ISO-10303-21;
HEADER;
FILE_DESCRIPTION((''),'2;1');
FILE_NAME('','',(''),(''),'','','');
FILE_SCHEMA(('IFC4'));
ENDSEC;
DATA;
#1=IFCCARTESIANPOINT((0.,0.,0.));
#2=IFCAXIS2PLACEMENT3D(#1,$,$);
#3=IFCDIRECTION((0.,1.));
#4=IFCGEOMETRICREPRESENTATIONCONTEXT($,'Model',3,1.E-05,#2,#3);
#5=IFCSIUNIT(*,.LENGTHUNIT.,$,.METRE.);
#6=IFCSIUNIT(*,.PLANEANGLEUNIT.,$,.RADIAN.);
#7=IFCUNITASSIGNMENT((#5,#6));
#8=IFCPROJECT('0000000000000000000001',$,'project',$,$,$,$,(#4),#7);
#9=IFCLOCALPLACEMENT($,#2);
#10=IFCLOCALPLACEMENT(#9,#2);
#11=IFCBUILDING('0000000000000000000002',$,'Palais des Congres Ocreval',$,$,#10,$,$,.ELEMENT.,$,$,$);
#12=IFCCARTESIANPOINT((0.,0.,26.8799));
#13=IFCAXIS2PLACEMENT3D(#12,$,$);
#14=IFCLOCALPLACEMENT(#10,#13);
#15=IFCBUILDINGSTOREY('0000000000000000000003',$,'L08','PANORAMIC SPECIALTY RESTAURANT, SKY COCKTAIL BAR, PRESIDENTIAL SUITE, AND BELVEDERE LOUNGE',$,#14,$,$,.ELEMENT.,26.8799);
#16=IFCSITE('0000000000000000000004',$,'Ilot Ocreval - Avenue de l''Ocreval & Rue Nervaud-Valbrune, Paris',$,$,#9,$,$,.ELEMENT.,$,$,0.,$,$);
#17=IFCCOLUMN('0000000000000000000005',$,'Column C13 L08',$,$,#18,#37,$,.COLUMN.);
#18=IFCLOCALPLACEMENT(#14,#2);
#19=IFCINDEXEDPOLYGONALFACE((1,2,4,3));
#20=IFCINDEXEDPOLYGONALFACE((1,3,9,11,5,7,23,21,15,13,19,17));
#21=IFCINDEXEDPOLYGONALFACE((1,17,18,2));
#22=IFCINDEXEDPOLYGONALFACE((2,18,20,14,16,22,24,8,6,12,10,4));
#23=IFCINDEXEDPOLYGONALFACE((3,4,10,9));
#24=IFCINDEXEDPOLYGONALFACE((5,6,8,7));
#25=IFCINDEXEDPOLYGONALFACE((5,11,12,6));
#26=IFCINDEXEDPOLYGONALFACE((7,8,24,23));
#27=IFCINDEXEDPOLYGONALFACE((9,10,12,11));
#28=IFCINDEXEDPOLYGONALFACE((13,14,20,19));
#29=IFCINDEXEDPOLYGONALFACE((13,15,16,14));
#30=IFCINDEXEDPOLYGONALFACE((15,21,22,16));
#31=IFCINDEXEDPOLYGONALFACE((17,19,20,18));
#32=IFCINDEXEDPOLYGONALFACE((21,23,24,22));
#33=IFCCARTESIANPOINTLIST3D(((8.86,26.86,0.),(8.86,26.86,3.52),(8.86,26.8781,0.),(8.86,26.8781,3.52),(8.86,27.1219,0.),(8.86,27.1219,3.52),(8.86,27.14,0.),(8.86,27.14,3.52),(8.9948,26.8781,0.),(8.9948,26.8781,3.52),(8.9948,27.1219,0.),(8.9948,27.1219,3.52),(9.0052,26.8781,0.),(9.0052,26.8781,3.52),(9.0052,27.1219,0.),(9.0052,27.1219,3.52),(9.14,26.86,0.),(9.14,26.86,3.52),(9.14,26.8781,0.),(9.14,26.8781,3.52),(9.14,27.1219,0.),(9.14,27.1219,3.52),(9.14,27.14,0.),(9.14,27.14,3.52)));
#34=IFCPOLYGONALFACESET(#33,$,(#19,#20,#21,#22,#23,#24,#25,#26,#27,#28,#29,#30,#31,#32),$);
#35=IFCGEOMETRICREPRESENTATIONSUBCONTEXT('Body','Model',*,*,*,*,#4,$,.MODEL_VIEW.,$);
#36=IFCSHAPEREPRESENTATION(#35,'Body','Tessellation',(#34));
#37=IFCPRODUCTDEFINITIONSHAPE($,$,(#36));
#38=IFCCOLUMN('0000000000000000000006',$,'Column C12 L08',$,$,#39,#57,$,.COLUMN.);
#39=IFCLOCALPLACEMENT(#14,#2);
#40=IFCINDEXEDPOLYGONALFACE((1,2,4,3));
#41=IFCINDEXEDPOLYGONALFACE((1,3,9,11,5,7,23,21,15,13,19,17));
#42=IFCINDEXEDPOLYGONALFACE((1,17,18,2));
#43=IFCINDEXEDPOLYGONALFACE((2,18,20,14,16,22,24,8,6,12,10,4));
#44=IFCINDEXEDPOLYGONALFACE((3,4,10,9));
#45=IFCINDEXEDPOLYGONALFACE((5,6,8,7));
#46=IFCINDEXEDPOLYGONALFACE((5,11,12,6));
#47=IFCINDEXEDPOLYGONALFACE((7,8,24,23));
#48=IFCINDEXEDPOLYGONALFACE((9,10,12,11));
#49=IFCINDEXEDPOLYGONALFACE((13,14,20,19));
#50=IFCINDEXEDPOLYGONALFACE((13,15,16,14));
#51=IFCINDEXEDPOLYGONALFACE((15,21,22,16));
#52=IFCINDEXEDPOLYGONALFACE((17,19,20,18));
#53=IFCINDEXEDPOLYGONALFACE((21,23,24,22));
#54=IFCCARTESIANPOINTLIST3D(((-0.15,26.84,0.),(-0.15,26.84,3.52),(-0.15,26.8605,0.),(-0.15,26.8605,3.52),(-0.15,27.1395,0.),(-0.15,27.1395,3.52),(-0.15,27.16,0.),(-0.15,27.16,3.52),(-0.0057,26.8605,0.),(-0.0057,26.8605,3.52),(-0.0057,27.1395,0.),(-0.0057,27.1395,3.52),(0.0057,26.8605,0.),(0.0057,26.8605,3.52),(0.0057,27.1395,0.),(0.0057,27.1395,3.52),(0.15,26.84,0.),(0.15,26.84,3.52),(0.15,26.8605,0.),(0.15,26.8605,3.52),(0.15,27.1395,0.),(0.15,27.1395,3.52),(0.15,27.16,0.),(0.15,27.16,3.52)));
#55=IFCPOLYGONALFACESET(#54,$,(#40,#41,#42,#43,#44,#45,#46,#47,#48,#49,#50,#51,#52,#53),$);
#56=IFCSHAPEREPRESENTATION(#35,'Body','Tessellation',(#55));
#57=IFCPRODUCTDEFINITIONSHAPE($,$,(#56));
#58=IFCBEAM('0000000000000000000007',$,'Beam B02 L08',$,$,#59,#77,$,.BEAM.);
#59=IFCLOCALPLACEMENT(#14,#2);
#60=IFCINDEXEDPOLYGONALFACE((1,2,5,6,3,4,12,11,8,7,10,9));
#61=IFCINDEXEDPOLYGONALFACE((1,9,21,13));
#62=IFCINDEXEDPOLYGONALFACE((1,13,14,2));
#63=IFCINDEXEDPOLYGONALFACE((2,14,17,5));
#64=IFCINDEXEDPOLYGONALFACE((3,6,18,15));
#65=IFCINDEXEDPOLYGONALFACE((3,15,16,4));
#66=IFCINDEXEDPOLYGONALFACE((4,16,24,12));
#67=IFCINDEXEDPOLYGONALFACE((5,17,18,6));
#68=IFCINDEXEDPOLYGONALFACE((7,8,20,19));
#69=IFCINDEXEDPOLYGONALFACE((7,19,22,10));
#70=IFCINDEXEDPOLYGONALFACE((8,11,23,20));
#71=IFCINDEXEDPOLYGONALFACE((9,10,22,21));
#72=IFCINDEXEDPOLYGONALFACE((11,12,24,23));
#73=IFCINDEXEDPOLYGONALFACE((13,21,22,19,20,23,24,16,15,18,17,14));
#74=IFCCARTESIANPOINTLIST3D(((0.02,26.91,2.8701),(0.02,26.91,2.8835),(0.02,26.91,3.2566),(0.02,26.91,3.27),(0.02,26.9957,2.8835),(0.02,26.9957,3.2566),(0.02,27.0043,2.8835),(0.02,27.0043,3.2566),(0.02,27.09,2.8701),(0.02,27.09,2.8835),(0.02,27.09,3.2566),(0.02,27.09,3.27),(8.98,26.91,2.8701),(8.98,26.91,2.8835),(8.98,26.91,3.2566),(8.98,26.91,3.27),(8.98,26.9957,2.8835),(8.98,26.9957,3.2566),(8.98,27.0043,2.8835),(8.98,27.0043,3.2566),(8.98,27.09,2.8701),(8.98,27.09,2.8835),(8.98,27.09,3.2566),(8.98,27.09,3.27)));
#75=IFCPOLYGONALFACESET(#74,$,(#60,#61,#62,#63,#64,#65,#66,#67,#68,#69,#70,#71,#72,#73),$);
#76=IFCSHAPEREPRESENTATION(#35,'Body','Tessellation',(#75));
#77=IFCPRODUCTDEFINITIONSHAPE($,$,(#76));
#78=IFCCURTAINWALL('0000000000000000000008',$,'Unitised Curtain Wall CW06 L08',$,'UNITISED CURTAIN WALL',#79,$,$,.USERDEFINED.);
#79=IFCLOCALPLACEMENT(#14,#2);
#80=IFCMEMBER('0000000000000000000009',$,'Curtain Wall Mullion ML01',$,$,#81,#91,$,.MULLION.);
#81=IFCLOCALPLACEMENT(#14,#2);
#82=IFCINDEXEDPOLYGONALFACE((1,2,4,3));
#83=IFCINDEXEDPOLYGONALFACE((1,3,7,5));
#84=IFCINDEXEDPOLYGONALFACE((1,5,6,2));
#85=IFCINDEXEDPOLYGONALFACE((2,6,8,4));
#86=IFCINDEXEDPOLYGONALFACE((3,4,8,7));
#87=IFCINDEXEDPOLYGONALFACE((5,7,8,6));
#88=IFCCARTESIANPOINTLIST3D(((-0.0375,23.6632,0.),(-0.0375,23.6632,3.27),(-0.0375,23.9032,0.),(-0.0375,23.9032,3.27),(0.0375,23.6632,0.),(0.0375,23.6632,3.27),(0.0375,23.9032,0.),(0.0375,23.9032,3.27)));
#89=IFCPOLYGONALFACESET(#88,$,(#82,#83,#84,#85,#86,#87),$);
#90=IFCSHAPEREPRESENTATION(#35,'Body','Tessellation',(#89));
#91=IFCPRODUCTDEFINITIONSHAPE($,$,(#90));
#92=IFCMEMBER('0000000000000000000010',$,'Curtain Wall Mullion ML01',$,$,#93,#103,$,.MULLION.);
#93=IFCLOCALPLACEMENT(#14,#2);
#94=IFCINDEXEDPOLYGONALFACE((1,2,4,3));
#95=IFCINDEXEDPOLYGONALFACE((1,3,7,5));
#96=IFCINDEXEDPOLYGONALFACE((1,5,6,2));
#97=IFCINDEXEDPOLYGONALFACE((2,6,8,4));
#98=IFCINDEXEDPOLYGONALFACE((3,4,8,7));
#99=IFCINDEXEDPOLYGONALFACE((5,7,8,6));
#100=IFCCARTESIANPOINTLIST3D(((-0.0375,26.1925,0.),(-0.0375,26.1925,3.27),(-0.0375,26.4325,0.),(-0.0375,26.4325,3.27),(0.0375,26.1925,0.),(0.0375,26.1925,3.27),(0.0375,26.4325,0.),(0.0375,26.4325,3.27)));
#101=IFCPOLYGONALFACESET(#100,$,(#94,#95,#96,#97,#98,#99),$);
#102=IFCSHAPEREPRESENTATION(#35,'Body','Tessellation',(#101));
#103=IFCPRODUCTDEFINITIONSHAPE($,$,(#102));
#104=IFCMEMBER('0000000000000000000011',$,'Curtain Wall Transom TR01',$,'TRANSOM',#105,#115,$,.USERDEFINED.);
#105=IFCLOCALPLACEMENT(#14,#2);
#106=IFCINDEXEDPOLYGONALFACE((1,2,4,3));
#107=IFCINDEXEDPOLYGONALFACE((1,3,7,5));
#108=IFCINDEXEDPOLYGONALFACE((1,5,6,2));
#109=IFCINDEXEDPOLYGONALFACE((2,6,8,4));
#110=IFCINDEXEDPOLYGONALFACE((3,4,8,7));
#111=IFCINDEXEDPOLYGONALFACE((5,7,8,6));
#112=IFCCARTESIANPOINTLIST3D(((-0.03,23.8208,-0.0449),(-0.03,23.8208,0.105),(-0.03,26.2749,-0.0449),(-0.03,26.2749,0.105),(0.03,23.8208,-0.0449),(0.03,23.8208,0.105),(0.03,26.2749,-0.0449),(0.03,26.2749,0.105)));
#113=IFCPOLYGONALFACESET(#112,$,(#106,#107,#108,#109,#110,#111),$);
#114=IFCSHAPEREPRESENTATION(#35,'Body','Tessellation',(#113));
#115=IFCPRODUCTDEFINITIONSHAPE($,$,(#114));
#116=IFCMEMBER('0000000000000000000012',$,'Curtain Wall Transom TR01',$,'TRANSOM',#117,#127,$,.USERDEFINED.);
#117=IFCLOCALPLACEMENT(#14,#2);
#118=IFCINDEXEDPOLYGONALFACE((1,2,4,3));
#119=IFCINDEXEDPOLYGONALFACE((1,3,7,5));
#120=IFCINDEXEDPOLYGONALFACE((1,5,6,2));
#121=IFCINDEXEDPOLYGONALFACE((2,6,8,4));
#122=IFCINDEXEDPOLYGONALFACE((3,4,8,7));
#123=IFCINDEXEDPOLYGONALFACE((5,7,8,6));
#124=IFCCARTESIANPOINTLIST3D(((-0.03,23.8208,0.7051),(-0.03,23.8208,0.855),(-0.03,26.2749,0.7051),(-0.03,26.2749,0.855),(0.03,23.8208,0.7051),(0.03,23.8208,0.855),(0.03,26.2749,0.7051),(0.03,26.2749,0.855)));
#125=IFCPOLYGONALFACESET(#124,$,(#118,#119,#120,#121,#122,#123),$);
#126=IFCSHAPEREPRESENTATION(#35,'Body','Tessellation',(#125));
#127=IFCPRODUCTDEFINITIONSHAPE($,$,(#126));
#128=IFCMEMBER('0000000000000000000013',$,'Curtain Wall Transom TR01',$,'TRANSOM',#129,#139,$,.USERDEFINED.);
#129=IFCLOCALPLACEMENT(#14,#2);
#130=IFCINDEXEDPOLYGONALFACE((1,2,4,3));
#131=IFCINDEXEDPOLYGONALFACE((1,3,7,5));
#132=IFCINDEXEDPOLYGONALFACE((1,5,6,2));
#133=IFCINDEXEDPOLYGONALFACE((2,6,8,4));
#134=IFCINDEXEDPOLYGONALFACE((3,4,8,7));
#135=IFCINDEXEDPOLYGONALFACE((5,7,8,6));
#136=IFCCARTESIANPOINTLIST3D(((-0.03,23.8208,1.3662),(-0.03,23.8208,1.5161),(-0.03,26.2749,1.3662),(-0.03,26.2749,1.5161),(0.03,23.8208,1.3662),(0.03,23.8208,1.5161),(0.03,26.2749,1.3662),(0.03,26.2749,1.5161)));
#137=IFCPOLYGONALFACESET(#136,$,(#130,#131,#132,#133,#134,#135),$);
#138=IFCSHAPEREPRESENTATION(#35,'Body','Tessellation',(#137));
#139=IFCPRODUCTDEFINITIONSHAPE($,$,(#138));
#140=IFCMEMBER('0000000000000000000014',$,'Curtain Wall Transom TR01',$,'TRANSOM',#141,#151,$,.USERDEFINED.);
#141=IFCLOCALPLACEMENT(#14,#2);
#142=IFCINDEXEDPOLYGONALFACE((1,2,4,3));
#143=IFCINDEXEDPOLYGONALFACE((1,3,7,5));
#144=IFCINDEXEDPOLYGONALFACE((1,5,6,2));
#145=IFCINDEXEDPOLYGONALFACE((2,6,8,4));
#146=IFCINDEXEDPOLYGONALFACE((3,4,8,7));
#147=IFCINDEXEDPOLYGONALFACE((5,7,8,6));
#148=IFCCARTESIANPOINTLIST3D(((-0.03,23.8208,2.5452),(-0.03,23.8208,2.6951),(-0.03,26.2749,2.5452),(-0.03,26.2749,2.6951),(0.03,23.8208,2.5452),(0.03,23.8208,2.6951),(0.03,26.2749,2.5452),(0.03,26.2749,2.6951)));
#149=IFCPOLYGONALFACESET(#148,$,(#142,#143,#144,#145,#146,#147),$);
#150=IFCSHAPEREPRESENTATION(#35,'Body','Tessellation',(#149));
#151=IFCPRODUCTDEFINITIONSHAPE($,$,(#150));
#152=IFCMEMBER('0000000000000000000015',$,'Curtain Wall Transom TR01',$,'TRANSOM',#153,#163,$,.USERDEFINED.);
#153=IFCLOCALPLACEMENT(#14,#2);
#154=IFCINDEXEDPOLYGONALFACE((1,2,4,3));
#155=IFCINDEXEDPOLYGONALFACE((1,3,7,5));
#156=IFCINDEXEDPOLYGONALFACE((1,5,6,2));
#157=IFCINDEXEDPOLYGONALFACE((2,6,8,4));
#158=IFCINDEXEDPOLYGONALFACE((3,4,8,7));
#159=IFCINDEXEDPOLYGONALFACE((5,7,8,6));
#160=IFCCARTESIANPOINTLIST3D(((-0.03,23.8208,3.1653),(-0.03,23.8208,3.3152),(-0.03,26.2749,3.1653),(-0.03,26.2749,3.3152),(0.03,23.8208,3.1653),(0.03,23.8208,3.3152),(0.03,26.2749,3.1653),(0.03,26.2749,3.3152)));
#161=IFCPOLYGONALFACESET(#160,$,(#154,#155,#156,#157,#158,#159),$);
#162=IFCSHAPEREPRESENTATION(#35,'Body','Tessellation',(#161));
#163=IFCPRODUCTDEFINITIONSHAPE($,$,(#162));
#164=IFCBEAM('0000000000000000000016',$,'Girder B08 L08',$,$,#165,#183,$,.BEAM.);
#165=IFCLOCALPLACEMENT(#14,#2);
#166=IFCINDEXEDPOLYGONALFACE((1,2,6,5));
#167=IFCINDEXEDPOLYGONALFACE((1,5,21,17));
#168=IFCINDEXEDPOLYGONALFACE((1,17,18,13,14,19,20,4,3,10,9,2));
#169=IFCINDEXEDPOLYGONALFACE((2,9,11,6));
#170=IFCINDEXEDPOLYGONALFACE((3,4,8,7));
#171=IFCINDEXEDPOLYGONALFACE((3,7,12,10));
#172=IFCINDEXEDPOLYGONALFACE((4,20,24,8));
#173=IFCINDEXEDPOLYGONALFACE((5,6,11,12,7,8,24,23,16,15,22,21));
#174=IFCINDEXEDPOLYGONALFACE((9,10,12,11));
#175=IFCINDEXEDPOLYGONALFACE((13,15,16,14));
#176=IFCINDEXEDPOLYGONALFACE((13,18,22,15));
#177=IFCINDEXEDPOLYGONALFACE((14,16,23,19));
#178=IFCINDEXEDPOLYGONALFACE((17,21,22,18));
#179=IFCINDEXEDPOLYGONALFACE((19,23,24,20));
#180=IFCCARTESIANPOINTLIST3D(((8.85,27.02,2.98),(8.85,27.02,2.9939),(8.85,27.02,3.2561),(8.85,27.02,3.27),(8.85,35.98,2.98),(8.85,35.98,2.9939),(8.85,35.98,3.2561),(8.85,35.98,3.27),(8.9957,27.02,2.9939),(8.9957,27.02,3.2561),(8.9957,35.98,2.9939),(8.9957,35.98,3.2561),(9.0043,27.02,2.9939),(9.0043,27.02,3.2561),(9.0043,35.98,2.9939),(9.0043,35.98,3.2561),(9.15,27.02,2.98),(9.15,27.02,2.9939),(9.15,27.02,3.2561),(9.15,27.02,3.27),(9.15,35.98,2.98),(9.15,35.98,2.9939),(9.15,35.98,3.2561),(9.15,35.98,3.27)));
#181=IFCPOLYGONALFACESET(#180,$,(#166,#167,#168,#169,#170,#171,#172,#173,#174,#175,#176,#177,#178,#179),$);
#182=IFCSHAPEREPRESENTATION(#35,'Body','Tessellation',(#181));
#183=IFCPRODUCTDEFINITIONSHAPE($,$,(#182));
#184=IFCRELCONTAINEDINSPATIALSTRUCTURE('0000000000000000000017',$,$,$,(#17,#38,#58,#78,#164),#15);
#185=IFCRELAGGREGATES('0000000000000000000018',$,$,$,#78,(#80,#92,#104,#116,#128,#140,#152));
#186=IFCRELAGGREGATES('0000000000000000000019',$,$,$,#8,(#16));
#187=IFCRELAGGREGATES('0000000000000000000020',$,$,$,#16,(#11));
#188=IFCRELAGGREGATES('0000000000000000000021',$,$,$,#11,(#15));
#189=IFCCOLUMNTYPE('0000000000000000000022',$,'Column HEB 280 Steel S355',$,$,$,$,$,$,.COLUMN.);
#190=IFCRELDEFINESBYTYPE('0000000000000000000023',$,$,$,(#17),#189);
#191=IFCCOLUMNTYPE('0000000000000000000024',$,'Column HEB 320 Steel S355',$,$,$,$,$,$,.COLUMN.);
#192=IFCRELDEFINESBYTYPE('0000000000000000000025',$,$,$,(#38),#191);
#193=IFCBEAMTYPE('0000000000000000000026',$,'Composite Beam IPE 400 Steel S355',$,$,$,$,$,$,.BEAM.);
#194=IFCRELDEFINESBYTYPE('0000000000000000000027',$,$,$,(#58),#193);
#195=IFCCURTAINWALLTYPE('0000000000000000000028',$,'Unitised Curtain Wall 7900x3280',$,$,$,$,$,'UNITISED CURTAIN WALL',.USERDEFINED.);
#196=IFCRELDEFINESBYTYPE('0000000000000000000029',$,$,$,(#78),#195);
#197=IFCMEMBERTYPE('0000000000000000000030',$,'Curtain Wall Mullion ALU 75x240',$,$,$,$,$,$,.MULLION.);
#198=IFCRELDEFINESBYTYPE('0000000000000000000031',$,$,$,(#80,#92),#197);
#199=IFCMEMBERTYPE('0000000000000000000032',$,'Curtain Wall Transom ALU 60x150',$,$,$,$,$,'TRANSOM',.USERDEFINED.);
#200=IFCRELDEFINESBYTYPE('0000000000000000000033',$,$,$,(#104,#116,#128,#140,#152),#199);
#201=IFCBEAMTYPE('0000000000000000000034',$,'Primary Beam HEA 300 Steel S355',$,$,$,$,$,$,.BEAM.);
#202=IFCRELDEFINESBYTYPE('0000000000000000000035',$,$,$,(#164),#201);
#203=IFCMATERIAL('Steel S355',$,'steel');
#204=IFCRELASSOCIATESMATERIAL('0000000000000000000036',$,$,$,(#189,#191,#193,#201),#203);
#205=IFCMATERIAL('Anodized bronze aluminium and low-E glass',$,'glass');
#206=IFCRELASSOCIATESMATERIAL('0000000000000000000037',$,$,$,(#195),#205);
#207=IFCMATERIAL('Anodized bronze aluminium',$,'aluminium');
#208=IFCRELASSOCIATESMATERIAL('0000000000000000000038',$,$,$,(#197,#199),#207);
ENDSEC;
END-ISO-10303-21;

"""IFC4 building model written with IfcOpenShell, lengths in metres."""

from ifc_helpers import new_model, si_unit, direction, frame, origin, origin_2d, place, context, subcontext, project, spatial, rectangle, i_section, extrude, material, material_profile, profile_set, type_object, element, aggregate, save


model = new_model("IFC4")

# Units and contexts
model_context = context("Model", 3, precision=1e-05, world=origin(), true_north=direction((0.0, 1.0)))
body_context = subcontext(model_context, "Body", "Model", "MODEL_VIEW")
ifc_project = project(units=[si_unit("LENGTHUNIT", "METRE"), si_unit("PLANEANGLEUNIT", "RADIAN")], contexts=[model_context])

# Site, building, storey
site_placement = place(None, origin())
site = spatial("IfcSite", under=ifc_project, at=site_placement, Name="Ilot Ocreval - Avenue de l'Ocreval & Rue Nervaud-Valbrune, Paris", CompositionType="ELEMENT", RefElevation=0.0)
building_placement = place(site_placement, origin())
building = spatial("IfcBuilding", under=site, at=building_placement, Name="Palais des Congres Ocreval", CompositionType="ELEMENT")
storey_placement = place(building_placement, frame((0.0, 0.0, 26.8799)))
storey = spatial("IfcBuildingStorey", under=building, at=storey_placement, Name="L08", Description="PANORAMIC SPECIALTY RESTAURANT, SKY COCKTAIL BAR, PRESIDENTIAL SUITE, AND BELVEDERE LOUNGE", CompositionType="ELEMENT", Elevation=26.8799)

# Columns
ifc_material_1 = material(Name="Steel S355", Category="steel")
ifc_material_profile_1 = material_profile(ifc_material_1, i_section(OverallWidth=0.28, OverallDepth=0.28, WebThickness=0.0105, FlangeThickness=0.0181, at=origin_2d()), Name="HEB 280")
ifc_profile_set_1 = profile_set([ifc_material_profile_1], Name="Steel S355")
column_type_1 = type_object("IfcColumnType", Name="Column HEB 280 Steel S355", PredefinedType="COLUMN", material=ifc_profile_set_1)
column_1_placement = place(storey_placement, frame((9.0, 27.0, 0.0), z_axis=(0.0, 0.0, 1.0), x_axis=(1.0, 0.0, 0.0)))
element("IfcColumn", 1, at=column_1_placement, inside=storey, type_object=column_type_1, Name="Column C13 L08", PredefinedType="COLUMN", context=body_context, shape_type="SweptSolid", body=[
    extrude(i_section(OverallWidth=0.28, OverallDepth=0.28, WebThickness=0.0105, FlangeThickness=0.0181, at=origin_2d()), origin(), (0.0, 0.0, 1.0), 3.52),
])
ifc_material_profile_2 = material_profile(ifc_material_1, i_section(OverallWidth=0.3, OverallDepth=0.3201, WebThickness=0.0115, FlangeThickness=0.0205, at=origin_2d()), Name="HEB 320")
ifc_profile_set_2 = profile_set([ifc_material_profile_2], Name="Steel S355")
column_type_2 = type_object("IfcColumnType", Name="Column HEB 320 Steel S355", PredefinedType="COLUMN", material=ifc_profile_set_2)
column_2_placement = place(storey_placement, frame((0.0, 27.0, 0.0), z_axis=(0.0, 0.0, 1.0), x_axis=(1.0, 0.0, 0.0)))
element("IfcColumn", 2, at=column_2_placement, inside=storey, type_object=column_type_2, Name="Column C12 L08", PredefinedType="COLUMN", context=body_context, shape_type="SweptSolid", body=[
    extrude(i_section(OverallWidth=0.3, OverallDepth=0.3201, WebThickness=0.0115, FlangeThickness=0.0205, at=origin_2d()), origin(), (0.0, 0.0, 1.0), 3.52),
])

# Beam
ifc_material_profile_3 = material_profile(ifc_material_1, i_section(OverallWidth=0.1799, OverallDepth=0.3999, WebThickness=0.0085, FlangeThickness=0.0134, at=origin_2d()), Name="IPE 400")
ifc_profile_set_3 = profile_set([ifc_material_profile_3], Name="Steel S355")
beam_type_1 = type_object("IfcBeamType", Name="Composite Beam IPE 400 Steel S355", PredefinedType="BEAM", material=ifc_profile_set_3)
beam_1_placement = place(storey_placement, frame((0.02, 27.0, 3.0701), z_axis=(1.0, 0.0, 0.0), x_axis=(0.0, 1.0, 0.0)))
element("IfcBeam", 3, at=beam_1_placement, inside=storey, type_object=beam_type_1, Name="Beam B02 L08", PredefinedType="BEAM", context=body_context, shape_type="SweptSolid", body=[
    extrude(i_section(OverallWidth=0.1799, OverallDepth=0.3999, WebThickness=0.0085, FlangeThickness=0.0134, at=origin_2d()), origin(), (0.0, 0.0, 1.0), 8.96),
])

# Curtain wall, members
ifc_material_2 = material(Name="Anodized bronze aluminium and low-E glass", Category="glass")
curtain_wall_type = type_object("IfcCurtainWallType", Name="Unitised Curtain Wall 7900x3280", ElementType="UNITISED CURTAIN WALL", PredefinedType="USERDEFINED", material=ifc_material_2)
curtain_wall_placement = place(storey_placement, origin())
curtain_wall = element("IfcCurtainWall", 4, at=curtain_wall_placement, inside=storey, type_object=curtain_wall_type, Name="Unitised Curtain Wall CW06 L08", ObjectType="UNITISED CURTAIN WALL", PredefinedType="USERDEFINED")
ifc_material_3 = material(Name="Anodized bronze aluminium", Category="aluminium")
ifc_material_profile_4 = material_profile(ifc_material_3, rectangle(XDim=0.075, YDim=0.24, at=origin_2d()), Name="ALU 75x240")
ifc_profile_set_4 = profile_set([ifc_material_profile_4], Name="Anodized bronze aluminium")
member_type_1 = type_object("IfcMemberType", Name="Curtain Wall Mullion ALU 75x240", PredefinedType="MULLION", material=ifc_profile_set_4)
member_1_placement = place(storey_placement, frame((0.0, 23.7832, 0.0), z_axis=(0.0, 0.0, 1.0), x_axis=(-1.0, 0.0, 0.0)))
member_1 = element("IfcMember", 5, at=member_1_placement, type_object=member_type_1, Name="Curtain Wall Mullion ML01", PredefinedType="MULLION", context=body_context, shape_type="SweptSolid", body=[
    extrude(rectangle(XDim=0.075, YDim=0.24, at=origin_2d()), origin(), (0.0, 0.0, 1.0), 3.27),
])
member_2_placement = place(storey_placement, frame((0.0, 26.3125, 0.0), z_axis=(0.0, 0.0, 1.0), x_axis=(-1.0, 0.0, 0.0)))
member_2 = element("IfcMember", 6, at=member_2_placement, type_object=member_type_1, Name="Curtain Wall Mullion ML01", PredefinedType="MULLION", context=body_context, shape_type="SweptSolid", body=[
    extrude(rectangle(XDim=0.075, YDim=0.24, at=origin_2d()), origin(), (0.0, 0.0, 1.0), 3.27),
])
ifc_material_profile_5 = material_profile(ifc_material_3, rectangle(XDim=0.0601, YDim=0.1499, at=origin_2d()), Name="ALU 60x150")
ifc_profile_set_5 = profile_set([ifc_material_profile_5], Name="Anodized bronze aluminium")
member_type_2 = type_object("IfcMemberType", Name="Curtain Wall Transom ALU 60x150", ElementType="TRANSOM", PredefinedType="USERDEFINED", material=ifc_profile_set_5)
member_3_placement = place(storey_placement, frame((0.0, 23.8208, 0.03), z_axis=(0.0, 1.0, 0.0), x_axis=(-1.0, 0.0, 0.0)))
member_3 = element("IfcMember", 7, at=member_3_placement, type_object=member_type_2, Name="Curtain Wall Transom TR01", ObjectType="TRANSOM", PredefinedType="USERDEFINED", context=body_context, shape_type="SweptSolid", body=[
    extrude(rectangle(XDim=0.0601, YDim=0.1499, at=origin_2d()), origin(), (0.0, 0.0, 1.0), 2.4541),
])
member_4_placement = place(storey_placement, frame((0.0, 23.8208, 0.78), z_axis=(0.0, 1.0, 0.0), x_axis=(-1.0, 0.0, 0.0)))
member_4 = element("IfcMember", 8, at=member_4_placement, type_object=member_type_2, Name="Curtain Wall Transom TR01", ObjectType="TRANSOM", PredefinedType="USERDEFINED", context=body_context, shape_type="SweptSolid", body=[
    extrude(rectangle(XDim=0.0601, YDim=0.1499, at=origin_2d()), origin(), (0.0, 0.0, 1.0), 2.4541),
])
member_5_placement = place(storey_placement, frame((0.0, 23.8208, 1.4412), z_axis=(0.0, 1.0, 0.0), x_axis=(-1.0, 0.0, 0.0)))
member_5 = element("IfcMember", 9, at=member_5_placement, type_object=member_type_2, Name="Curtain Wall Transom TR01", ObjectType="TRANSOM", PredefinedType="USERDEFINED", context=body_context, shape_type="SweptSolid", body=[
    extrude(rectangle(XDim=0.0601, YDim=0.1499, at=origin_2d()), origin(), (0.0, 0.0, 1.0), 2.4541),
])
member_6_placement = place(storey_placement, frame((0.0, 23.8208, 2.6201), z_axis=(0.0, 1.0, 0.0), x_axis=(-1.0, 0.0, 0.0)))
member_6 = element("IfcMember", 10, at=member_6_placement, type_object=member_type_2, Name="Curtain Wall Transom TR01", ObjectType="TRANSOM", PredefinedType="USERDEFINED", context=body_context, shape_type="SweptSolid", body=[
    extrude(rectangle(XDim=0.0601, YDim=0.1499, at=origin_2d()), origin(), (0.0, 0.0, 1.0), 2.4541),
])
member_7_placement = place(storey_placement, frame((0.0, 23.8208, 3.2402), z_axis=(0.0, 1.0, 0.0), x_axis=(-1.0, 0.0, 0.0)))
member_7 = element("IfcMember", 11, at=member_7_placement, type_object=member_type_2, Name="Curtain Wall Transom TR01", ObjectType="TRANSOM", PredefinedType="USERDEFINED", context=body_context, shape_type="SweptSolid", body=[
    extrude(rectangle(XDim=0.0601, YDim=0.1499, at=origin_2d()), origin(), (0.0, 0.0, 1.0), 2.4541),
])

# Beam
ifc_material_profile_6 = material_profile(ifc_material_1, i_section(OverallWidth=0.3, OverallDepth=0.29, WebThickness=0.0085, FlangeThickness=0.0139, at=origin_2d()), Name="HEA 300")
ifc_profile_set_6 = profile_set([ifc_material_profile_6], Name="Steel S355")
beam_type_2 = type_object("IfcBeamType", Name="Primary Beam HEA 300 Steel S355", PredefinedType="BEAM", material=ifc_profile_set_6)
beam_2_placement = place(storey_placement, frame((9.0, 27.02, 3.125), z_axis=(0.0, 1.0, 0.0), x_axis=(-1.0, 0.0, 0.0)))
element("IfcBeam", 12, at=beam_2_placement, inside=storey, type_object=beam_type_2, Name="Girder B08 L08", PredefinedType="BEAM", context=body_context, shape_type="SweptSolid", body=[
    extrude(i_section(OverallWidth=0.3, OverallDepth=0.29, WebThickness=0.0085, FlangeThickness=0.0139, at=origin_2d()), origin(), (0.0, 0.0, 1.0), 8.96),
])

aggregate(curtain_wall, [member_1, member_2, member_3, member_4, member_5, member_6, member_7])

save(model, "model.ifc")
